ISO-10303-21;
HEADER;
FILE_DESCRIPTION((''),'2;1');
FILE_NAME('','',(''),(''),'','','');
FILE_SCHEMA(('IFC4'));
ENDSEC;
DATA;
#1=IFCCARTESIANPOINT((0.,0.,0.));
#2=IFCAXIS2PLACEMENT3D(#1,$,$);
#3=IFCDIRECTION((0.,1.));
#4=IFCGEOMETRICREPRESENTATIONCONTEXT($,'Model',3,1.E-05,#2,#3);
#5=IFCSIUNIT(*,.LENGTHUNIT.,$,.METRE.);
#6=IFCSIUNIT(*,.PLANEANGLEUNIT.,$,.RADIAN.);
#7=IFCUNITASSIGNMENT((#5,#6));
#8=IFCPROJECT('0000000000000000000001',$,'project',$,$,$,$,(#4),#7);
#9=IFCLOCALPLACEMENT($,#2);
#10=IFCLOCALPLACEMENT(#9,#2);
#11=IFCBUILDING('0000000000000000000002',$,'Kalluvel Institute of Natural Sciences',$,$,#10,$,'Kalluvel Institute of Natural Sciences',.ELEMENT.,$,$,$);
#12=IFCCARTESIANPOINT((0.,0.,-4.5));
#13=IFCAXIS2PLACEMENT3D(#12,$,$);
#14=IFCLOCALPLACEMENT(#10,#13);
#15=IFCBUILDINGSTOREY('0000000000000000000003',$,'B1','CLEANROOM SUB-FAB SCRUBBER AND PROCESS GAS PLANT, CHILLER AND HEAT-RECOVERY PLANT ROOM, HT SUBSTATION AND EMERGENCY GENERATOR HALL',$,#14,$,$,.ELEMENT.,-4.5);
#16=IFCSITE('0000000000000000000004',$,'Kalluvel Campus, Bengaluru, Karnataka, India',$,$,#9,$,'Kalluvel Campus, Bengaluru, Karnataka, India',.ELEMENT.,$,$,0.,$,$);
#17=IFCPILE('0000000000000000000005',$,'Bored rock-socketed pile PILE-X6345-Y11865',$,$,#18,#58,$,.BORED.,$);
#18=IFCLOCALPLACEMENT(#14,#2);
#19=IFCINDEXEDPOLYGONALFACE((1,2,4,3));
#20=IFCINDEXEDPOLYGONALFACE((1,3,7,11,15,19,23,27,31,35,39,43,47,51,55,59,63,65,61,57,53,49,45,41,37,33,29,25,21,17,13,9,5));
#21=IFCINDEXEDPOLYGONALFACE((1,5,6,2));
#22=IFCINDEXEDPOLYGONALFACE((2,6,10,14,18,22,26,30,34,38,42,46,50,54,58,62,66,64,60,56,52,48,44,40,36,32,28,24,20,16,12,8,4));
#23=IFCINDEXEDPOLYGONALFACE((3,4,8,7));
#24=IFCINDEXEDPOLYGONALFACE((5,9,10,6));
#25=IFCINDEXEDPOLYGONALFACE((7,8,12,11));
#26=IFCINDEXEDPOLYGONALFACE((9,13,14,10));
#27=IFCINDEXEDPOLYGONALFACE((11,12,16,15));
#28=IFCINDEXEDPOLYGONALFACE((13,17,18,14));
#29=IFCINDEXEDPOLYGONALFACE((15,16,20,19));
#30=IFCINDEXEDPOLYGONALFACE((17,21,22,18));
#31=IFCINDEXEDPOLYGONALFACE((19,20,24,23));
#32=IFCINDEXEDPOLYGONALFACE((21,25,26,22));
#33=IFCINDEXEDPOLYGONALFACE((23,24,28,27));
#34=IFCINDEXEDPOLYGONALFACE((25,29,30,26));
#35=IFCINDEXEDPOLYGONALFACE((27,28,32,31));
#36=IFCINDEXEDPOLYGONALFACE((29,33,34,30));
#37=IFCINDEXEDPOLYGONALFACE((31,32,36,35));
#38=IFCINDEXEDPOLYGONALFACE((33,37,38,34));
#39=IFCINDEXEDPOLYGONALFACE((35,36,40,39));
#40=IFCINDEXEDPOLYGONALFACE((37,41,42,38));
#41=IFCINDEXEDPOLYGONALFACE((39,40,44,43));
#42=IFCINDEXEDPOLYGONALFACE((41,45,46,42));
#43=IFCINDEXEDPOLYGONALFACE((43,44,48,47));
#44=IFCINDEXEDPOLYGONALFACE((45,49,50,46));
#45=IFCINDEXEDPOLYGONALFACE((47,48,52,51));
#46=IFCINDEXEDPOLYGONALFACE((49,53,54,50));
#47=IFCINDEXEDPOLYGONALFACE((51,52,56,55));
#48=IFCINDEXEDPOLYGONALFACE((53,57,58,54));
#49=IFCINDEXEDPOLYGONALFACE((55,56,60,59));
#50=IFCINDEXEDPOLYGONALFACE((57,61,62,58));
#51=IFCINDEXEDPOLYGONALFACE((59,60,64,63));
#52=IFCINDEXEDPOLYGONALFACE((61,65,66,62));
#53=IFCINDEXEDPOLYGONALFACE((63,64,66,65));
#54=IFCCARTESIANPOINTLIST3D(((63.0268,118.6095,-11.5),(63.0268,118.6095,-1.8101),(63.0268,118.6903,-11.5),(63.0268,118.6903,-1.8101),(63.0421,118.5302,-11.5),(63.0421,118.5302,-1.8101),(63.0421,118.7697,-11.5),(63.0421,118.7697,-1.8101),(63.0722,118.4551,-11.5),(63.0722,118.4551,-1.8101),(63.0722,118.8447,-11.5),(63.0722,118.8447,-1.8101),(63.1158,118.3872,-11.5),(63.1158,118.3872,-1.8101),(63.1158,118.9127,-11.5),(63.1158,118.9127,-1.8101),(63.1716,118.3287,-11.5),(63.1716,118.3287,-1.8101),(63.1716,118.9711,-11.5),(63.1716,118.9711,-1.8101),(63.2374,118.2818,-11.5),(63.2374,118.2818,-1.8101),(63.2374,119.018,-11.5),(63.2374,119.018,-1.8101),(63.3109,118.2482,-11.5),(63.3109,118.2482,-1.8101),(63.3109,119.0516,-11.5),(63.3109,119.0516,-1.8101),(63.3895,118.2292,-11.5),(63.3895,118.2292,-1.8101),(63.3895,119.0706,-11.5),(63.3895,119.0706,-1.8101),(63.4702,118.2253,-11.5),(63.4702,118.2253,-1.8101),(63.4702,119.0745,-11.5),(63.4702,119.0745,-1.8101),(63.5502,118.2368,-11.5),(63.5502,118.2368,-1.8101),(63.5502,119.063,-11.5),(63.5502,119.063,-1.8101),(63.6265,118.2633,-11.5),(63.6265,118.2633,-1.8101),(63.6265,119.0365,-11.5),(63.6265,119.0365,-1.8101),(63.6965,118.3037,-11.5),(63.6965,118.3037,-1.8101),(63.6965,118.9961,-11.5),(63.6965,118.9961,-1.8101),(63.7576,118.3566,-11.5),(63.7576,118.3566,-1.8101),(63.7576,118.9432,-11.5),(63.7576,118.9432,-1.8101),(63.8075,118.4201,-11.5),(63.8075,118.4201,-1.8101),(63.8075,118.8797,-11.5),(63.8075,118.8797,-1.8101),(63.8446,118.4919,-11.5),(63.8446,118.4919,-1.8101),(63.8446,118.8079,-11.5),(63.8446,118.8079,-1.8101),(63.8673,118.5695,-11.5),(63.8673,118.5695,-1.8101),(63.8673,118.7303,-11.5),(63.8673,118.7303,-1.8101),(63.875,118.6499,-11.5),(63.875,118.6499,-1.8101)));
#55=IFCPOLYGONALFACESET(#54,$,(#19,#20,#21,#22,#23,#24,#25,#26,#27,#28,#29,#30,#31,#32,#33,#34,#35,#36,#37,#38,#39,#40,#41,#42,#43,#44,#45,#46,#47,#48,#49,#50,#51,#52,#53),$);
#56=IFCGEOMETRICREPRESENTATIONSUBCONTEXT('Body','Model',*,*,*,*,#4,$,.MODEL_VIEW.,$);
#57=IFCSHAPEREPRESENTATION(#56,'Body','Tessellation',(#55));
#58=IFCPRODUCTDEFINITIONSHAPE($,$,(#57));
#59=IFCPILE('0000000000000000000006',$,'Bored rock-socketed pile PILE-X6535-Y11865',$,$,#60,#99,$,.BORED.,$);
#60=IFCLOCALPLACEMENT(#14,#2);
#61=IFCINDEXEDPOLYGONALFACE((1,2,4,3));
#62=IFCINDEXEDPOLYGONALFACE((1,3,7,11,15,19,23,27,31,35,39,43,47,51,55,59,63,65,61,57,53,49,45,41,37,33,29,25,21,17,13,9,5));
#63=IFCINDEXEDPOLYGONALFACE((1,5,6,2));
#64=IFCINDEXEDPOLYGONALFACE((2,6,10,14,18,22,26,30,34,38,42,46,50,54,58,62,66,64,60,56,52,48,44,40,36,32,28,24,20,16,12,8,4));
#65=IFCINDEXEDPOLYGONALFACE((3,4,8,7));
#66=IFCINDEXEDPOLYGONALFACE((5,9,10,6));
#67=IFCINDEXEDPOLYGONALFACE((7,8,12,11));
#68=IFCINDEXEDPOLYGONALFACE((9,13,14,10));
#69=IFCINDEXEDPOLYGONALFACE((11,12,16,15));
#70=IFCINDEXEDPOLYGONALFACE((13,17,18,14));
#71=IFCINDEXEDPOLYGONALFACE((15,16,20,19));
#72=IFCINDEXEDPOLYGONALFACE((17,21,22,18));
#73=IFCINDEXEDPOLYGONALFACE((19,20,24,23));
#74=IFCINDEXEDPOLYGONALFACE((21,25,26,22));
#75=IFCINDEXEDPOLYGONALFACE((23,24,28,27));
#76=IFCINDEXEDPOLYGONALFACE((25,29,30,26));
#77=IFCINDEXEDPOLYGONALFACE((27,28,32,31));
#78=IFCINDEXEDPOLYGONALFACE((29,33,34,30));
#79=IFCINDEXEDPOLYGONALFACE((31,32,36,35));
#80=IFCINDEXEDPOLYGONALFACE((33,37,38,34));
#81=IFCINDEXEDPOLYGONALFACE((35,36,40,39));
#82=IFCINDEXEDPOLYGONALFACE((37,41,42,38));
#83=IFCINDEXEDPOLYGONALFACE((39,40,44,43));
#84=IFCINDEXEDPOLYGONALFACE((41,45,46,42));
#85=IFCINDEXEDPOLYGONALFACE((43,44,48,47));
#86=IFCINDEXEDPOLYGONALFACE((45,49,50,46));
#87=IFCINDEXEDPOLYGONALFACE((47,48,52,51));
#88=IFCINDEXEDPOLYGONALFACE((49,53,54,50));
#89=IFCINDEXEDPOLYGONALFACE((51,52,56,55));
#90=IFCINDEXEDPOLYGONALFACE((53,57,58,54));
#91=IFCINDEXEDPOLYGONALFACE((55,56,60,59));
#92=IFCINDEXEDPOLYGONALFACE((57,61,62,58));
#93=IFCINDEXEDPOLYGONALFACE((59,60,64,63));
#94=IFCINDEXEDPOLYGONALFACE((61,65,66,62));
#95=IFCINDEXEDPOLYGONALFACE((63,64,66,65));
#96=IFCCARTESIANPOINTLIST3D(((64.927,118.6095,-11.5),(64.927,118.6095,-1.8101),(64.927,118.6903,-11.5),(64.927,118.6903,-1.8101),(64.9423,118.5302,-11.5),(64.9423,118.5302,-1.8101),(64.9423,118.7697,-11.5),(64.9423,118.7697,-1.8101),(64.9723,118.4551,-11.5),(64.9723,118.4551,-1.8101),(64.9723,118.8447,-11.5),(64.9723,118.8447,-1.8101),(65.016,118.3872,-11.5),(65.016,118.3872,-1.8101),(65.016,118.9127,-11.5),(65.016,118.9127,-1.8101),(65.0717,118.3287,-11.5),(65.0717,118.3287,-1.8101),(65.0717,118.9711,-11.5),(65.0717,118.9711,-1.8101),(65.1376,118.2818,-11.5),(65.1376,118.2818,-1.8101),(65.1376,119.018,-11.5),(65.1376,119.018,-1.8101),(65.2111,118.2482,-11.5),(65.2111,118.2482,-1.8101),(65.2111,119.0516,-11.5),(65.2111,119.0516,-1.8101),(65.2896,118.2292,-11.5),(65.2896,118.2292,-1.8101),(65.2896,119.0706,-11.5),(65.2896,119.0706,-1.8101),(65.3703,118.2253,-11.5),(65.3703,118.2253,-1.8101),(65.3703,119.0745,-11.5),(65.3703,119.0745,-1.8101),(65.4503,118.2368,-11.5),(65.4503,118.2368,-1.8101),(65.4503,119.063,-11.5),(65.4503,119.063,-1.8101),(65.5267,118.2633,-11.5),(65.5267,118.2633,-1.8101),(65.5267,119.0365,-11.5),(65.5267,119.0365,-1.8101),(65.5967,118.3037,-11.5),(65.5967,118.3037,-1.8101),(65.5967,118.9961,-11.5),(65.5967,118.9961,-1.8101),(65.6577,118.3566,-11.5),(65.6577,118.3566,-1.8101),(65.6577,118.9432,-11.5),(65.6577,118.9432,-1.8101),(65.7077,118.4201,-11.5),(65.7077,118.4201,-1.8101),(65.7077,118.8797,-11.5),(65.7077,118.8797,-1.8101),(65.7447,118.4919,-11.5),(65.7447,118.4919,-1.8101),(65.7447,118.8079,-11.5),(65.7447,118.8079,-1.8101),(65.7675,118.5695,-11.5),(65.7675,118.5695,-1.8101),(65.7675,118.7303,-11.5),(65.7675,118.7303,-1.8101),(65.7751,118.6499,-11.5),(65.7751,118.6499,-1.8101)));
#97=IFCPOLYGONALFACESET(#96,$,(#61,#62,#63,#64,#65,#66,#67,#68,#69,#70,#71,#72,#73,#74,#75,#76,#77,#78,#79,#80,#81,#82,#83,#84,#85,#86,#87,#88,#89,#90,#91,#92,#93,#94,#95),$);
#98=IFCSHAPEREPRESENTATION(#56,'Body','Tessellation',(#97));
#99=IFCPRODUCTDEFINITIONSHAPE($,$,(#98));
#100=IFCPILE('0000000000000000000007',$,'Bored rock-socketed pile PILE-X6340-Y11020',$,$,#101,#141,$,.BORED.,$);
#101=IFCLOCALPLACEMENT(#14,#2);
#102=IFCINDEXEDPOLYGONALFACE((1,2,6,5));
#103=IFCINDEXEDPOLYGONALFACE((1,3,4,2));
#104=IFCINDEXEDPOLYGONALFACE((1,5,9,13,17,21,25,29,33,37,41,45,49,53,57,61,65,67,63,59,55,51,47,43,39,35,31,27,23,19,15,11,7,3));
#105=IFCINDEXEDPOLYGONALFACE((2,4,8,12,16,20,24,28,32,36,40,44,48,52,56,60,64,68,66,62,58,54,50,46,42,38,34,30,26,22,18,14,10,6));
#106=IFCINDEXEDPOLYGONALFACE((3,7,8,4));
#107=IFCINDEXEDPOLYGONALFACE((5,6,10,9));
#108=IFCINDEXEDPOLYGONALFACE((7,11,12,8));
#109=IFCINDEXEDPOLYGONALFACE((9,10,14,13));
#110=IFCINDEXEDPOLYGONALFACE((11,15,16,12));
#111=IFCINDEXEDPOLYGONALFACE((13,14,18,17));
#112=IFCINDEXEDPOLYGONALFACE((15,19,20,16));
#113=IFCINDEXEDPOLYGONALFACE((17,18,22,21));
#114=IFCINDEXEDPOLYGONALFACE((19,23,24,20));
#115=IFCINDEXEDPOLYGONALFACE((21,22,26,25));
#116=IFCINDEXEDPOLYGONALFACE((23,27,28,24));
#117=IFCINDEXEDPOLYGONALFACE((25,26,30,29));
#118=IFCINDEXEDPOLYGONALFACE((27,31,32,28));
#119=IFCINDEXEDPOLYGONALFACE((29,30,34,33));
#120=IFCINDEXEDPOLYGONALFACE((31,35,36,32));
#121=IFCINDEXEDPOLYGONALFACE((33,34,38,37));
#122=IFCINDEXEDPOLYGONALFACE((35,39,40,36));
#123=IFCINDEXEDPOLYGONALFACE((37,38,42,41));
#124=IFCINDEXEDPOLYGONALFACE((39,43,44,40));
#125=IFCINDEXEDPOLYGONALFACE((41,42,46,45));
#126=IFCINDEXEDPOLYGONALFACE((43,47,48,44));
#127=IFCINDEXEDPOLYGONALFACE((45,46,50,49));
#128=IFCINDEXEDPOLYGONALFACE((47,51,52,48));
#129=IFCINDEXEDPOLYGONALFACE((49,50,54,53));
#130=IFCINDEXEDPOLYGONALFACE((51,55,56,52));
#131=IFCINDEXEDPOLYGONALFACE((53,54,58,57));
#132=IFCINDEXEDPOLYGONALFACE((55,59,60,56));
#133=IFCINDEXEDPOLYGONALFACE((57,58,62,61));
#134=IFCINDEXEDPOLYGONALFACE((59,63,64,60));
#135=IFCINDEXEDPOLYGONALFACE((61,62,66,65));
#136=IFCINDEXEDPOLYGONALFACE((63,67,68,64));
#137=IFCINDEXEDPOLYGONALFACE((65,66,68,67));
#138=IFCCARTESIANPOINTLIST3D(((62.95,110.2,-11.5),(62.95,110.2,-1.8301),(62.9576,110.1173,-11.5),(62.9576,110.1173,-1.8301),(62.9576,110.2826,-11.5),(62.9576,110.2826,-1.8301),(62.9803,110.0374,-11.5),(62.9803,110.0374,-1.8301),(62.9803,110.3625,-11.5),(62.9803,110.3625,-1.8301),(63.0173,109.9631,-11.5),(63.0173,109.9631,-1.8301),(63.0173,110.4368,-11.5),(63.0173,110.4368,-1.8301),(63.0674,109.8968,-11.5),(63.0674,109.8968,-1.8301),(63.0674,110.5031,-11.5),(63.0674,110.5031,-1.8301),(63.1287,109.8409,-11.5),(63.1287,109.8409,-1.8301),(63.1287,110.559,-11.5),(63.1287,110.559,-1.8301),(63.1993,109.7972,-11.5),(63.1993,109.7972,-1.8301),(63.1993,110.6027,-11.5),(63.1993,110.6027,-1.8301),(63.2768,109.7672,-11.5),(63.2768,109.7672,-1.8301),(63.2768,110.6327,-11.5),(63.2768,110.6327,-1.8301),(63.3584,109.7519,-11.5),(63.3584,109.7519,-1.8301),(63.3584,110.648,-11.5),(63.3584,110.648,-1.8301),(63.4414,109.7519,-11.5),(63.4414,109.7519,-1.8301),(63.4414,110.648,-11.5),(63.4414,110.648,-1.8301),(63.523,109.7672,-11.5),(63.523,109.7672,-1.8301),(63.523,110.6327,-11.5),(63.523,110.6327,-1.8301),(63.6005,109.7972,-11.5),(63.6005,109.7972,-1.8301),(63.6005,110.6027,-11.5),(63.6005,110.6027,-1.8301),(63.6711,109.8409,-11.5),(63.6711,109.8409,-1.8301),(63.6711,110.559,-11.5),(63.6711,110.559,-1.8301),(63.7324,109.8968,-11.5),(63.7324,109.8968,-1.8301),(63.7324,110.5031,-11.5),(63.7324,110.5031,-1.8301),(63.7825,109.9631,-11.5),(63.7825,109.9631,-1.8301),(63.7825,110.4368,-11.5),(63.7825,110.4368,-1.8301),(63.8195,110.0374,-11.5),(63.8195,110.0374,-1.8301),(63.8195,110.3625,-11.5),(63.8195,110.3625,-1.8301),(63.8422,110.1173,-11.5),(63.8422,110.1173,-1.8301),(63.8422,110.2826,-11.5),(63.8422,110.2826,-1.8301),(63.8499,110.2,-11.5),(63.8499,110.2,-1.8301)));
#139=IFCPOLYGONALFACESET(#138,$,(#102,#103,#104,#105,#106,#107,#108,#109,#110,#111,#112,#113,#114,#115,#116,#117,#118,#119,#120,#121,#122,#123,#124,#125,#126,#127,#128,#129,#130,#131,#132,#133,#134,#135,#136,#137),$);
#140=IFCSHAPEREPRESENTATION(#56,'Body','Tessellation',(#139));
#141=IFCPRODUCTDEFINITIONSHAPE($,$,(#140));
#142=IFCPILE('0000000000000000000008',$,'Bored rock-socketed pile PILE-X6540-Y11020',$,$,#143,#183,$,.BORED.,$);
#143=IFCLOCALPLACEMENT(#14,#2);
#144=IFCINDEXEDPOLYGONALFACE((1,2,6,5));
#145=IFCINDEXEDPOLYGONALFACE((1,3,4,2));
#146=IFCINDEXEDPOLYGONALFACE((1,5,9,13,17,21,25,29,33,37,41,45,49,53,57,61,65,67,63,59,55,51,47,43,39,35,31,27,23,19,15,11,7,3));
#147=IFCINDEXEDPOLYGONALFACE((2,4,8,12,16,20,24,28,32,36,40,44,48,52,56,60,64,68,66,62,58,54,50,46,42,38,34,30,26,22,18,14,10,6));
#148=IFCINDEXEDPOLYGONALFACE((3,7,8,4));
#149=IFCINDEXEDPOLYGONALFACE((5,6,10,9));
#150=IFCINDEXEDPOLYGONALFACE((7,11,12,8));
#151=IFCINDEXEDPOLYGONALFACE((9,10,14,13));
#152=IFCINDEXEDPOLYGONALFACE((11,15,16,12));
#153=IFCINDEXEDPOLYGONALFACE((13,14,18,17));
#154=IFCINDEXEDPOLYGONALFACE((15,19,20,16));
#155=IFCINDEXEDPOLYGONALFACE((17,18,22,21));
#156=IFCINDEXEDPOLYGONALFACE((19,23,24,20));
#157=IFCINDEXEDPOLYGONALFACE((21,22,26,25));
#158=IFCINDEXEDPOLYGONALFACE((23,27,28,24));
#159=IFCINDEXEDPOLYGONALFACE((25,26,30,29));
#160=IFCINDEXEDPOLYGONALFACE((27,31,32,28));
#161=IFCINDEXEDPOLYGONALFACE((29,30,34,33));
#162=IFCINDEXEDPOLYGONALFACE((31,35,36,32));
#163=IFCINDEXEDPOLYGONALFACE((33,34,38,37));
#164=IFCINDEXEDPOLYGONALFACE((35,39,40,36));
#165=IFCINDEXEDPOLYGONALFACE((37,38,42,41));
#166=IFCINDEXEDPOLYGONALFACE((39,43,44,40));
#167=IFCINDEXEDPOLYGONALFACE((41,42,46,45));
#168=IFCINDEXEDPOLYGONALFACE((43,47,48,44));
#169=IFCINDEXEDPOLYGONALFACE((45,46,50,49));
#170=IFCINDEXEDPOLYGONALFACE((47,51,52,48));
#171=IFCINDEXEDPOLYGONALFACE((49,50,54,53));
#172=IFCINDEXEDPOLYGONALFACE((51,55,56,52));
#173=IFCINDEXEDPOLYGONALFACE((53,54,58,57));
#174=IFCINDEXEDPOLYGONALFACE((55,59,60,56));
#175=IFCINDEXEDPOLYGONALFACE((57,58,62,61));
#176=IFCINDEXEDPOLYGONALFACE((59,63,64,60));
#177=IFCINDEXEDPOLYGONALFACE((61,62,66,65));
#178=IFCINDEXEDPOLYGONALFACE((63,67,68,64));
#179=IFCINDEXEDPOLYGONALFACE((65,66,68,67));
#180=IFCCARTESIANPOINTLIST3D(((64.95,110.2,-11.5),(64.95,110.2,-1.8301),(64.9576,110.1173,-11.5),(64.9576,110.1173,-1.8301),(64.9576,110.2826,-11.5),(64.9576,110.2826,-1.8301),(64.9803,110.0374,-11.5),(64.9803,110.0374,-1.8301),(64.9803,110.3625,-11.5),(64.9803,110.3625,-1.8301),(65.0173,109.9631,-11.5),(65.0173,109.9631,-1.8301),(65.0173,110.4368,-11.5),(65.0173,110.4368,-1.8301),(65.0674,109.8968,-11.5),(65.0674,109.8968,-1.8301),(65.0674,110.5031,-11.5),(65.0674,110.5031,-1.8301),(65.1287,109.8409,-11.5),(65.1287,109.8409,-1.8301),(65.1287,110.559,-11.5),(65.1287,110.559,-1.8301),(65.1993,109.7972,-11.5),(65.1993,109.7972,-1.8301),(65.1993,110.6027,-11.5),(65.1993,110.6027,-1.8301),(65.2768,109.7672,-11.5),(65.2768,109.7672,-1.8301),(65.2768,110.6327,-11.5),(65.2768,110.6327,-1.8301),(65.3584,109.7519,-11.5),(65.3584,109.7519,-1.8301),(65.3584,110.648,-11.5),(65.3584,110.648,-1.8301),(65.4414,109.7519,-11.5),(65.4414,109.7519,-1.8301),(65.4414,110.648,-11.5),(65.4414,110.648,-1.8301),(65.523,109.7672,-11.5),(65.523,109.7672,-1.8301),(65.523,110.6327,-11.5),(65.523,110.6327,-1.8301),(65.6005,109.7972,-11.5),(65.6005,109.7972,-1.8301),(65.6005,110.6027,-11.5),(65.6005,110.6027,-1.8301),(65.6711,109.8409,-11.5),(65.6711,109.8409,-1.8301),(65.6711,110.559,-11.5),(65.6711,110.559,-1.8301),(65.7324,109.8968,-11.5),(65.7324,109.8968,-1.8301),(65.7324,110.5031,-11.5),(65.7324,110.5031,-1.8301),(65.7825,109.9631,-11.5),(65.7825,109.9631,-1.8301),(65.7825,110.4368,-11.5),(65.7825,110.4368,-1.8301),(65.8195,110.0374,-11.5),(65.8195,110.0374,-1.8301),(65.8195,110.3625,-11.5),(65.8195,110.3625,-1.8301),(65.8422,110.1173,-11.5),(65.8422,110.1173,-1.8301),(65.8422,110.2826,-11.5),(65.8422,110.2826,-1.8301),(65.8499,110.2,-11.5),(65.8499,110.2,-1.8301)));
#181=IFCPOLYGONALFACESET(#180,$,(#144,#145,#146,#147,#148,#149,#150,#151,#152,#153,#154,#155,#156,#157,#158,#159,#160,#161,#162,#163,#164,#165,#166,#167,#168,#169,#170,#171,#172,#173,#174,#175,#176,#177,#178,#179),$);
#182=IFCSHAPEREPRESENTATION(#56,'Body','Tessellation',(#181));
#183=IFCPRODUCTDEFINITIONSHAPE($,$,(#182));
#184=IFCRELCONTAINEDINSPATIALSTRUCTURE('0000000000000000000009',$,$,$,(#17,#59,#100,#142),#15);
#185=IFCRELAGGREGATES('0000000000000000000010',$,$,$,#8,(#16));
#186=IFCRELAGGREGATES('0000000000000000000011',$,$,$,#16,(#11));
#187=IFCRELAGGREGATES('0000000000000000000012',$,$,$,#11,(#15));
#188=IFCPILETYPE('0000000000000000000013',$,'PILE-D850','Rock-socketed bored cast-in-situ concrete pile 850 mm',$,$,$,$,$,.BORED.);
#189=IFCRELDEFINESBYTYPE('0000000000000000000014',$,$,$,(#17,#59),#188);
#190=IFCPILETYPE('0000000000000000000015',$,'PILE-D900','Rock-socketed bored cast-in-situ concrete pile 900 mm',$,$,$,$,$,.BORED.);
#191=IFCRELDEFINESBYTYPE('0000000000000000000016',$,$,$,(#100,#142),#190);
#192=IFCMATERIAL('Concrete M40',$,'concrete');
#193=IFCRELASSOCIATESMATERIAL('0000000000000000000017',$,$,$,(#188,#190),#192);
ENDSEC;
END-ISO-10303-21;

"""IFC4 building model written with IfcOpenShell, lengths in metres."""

from ifc_helpers import new_model, si_unit, direction, frame, origin, origin_2d, place, context, subcontext, project, spatial, circle, extrude, material, material_profile, profile_set, type_object, element, save


model = new_model("IFC4")

# Units and contexts
model_context = context("Model", 3, precision=1e-05, world=origin(), true_north=direction((0.0, 1.0)))
body_context = subcontext(model_context, "Body", "Model", "MODEL_VIEW")
ifc_project = project(units=[si_unit("LENGTHUNIT", "METRE"), si_unit("PLANEANGLEUNIT", "RADIAN")], contexts=[model_context])

# Site, building, storey
site_placement = place(None, origin())
site = spatial("IfcSite", under=ifc_project, at=site_placement, Name="Kalluvel Campus, Bengaluru, Karnataka, India", LongName="Kalluvel Campus, Bengaluru, Karnataka, India", CompositionType="ELEMENT", RefElevation=0.0)
building_placement = place(site_placement, origin())
building = spatial("IfcBuilding", under=site, at=building_placement, Name="Kalluvel Institute of Natural Sciences", LongName="Kalluvel Institute of Natural Sciences", CompositionType="ELEMENT")
storey_placement = place(building_placement, frame((0.0, 0.0, -4.5)))
storey = spatial("IfcBuildingStorey", under=building, at=storey_placement, Name="B1", Description="CLEANROOM SUB-FAB SCRUBBER AND PROCESS GAS PLANT, CHILLER AND HEAT-RECOVERY PLANT ROOM, HT SUBSTATION AND EMERGENCY GENERATOR HALL", CompositionType="ELEMENT", Elevation=-4.5)

# Shared definitions
ifc_material_1 = material(Name="Concrete M40", Category="concrete")

# Piles
ifc_material_profile_1 = material_profile(ifc_material_1, circle(Radius=0.425, at=origin_2d()), Name="PILE D850")
ifc_profile_set_1 = profile_set([ifc_material_profile_1], Name="Concrete M40")
pile_type_1 = type_object("IfcPileType", Name="PILE-D850", Description="Rock-socketed bored cast-in-situ concrete pile 850 mm", PredefinedType="BORED", material=ifc_profile_set_1)
for number, where, z_axis, x_axis, name in (
    (1, (63.45, 118.6499, -1.8101), (0.0, 0.0, -1.0), (1.0, 0.0, 0.0), "Bored rock-socketed pile PILE-X6345-Y11865"),
    (2, (65.3501, 118.6499, -1.8101), (0.0, 0.0, -1.0), (1.0, 0.0, 0.0), "Bored rock-socketed pile PILE-X6535-Y11865"),
):
    element("IfcPile", number, at=place(storey_placement, frame(where, z_axis=z_axis, x_axis=x_axis)), inside=storey, type_object=pile_type_1, Name=name, PredefinedType="BORED", context=body_context, shape_type="SweptSolid", body=[
        extrude(circle(Radius=0.425, at=origin_2d()), origin(), (0.0, 0.0, 1.0), 9.6899),
    ])
ifc_material_profile_2 = material_profile(ifc_material_1, circle(Radius=0.45, at=origin_2d()), Name="PILE D900")
ifc_profile_set_2 = profile_set([ifc_material_profile_2], Name="Concrete M40")
pile_type_2 = type_object("IfcPileType", Name="PILE-D900", Description="Rock-socketed bored cast-in-situ concrete pile 900 mm", PredefinedType="BORED", material=ifc_profile_set_2)
for number, where, z_axis, x_axis, name in (
    (3, (63.3999, 110.2, -1.8301), (0.0, 0.0, -1.0), (1.0, 0.0, 0.0), "Bored rock-socketed pile PILE-X6340-Y11020"),
    (4, (65.3999, 110.2, -1.8301), (0.0, 0.0, -1.0), (1.0, 0.0, 0.0), "Bored rock-socketed pile PILE-X6540-Y11020"),
):
    element("IfcPile", number, at=place(storey_placement, frame(where, z_axis=z_axis, x_axis=x_axis)), inside=storey, type_object=pile_type_2, Name=name, PredefinedType="BORED", context=body_context, shape_type="SweptSolid", body=[
        extrude(circle(Radius=0.45, at=origin_2d()), origin(), (0.0, 0.0, 1.0), 9.6699),
    ])

save(model, "model.ifc")
